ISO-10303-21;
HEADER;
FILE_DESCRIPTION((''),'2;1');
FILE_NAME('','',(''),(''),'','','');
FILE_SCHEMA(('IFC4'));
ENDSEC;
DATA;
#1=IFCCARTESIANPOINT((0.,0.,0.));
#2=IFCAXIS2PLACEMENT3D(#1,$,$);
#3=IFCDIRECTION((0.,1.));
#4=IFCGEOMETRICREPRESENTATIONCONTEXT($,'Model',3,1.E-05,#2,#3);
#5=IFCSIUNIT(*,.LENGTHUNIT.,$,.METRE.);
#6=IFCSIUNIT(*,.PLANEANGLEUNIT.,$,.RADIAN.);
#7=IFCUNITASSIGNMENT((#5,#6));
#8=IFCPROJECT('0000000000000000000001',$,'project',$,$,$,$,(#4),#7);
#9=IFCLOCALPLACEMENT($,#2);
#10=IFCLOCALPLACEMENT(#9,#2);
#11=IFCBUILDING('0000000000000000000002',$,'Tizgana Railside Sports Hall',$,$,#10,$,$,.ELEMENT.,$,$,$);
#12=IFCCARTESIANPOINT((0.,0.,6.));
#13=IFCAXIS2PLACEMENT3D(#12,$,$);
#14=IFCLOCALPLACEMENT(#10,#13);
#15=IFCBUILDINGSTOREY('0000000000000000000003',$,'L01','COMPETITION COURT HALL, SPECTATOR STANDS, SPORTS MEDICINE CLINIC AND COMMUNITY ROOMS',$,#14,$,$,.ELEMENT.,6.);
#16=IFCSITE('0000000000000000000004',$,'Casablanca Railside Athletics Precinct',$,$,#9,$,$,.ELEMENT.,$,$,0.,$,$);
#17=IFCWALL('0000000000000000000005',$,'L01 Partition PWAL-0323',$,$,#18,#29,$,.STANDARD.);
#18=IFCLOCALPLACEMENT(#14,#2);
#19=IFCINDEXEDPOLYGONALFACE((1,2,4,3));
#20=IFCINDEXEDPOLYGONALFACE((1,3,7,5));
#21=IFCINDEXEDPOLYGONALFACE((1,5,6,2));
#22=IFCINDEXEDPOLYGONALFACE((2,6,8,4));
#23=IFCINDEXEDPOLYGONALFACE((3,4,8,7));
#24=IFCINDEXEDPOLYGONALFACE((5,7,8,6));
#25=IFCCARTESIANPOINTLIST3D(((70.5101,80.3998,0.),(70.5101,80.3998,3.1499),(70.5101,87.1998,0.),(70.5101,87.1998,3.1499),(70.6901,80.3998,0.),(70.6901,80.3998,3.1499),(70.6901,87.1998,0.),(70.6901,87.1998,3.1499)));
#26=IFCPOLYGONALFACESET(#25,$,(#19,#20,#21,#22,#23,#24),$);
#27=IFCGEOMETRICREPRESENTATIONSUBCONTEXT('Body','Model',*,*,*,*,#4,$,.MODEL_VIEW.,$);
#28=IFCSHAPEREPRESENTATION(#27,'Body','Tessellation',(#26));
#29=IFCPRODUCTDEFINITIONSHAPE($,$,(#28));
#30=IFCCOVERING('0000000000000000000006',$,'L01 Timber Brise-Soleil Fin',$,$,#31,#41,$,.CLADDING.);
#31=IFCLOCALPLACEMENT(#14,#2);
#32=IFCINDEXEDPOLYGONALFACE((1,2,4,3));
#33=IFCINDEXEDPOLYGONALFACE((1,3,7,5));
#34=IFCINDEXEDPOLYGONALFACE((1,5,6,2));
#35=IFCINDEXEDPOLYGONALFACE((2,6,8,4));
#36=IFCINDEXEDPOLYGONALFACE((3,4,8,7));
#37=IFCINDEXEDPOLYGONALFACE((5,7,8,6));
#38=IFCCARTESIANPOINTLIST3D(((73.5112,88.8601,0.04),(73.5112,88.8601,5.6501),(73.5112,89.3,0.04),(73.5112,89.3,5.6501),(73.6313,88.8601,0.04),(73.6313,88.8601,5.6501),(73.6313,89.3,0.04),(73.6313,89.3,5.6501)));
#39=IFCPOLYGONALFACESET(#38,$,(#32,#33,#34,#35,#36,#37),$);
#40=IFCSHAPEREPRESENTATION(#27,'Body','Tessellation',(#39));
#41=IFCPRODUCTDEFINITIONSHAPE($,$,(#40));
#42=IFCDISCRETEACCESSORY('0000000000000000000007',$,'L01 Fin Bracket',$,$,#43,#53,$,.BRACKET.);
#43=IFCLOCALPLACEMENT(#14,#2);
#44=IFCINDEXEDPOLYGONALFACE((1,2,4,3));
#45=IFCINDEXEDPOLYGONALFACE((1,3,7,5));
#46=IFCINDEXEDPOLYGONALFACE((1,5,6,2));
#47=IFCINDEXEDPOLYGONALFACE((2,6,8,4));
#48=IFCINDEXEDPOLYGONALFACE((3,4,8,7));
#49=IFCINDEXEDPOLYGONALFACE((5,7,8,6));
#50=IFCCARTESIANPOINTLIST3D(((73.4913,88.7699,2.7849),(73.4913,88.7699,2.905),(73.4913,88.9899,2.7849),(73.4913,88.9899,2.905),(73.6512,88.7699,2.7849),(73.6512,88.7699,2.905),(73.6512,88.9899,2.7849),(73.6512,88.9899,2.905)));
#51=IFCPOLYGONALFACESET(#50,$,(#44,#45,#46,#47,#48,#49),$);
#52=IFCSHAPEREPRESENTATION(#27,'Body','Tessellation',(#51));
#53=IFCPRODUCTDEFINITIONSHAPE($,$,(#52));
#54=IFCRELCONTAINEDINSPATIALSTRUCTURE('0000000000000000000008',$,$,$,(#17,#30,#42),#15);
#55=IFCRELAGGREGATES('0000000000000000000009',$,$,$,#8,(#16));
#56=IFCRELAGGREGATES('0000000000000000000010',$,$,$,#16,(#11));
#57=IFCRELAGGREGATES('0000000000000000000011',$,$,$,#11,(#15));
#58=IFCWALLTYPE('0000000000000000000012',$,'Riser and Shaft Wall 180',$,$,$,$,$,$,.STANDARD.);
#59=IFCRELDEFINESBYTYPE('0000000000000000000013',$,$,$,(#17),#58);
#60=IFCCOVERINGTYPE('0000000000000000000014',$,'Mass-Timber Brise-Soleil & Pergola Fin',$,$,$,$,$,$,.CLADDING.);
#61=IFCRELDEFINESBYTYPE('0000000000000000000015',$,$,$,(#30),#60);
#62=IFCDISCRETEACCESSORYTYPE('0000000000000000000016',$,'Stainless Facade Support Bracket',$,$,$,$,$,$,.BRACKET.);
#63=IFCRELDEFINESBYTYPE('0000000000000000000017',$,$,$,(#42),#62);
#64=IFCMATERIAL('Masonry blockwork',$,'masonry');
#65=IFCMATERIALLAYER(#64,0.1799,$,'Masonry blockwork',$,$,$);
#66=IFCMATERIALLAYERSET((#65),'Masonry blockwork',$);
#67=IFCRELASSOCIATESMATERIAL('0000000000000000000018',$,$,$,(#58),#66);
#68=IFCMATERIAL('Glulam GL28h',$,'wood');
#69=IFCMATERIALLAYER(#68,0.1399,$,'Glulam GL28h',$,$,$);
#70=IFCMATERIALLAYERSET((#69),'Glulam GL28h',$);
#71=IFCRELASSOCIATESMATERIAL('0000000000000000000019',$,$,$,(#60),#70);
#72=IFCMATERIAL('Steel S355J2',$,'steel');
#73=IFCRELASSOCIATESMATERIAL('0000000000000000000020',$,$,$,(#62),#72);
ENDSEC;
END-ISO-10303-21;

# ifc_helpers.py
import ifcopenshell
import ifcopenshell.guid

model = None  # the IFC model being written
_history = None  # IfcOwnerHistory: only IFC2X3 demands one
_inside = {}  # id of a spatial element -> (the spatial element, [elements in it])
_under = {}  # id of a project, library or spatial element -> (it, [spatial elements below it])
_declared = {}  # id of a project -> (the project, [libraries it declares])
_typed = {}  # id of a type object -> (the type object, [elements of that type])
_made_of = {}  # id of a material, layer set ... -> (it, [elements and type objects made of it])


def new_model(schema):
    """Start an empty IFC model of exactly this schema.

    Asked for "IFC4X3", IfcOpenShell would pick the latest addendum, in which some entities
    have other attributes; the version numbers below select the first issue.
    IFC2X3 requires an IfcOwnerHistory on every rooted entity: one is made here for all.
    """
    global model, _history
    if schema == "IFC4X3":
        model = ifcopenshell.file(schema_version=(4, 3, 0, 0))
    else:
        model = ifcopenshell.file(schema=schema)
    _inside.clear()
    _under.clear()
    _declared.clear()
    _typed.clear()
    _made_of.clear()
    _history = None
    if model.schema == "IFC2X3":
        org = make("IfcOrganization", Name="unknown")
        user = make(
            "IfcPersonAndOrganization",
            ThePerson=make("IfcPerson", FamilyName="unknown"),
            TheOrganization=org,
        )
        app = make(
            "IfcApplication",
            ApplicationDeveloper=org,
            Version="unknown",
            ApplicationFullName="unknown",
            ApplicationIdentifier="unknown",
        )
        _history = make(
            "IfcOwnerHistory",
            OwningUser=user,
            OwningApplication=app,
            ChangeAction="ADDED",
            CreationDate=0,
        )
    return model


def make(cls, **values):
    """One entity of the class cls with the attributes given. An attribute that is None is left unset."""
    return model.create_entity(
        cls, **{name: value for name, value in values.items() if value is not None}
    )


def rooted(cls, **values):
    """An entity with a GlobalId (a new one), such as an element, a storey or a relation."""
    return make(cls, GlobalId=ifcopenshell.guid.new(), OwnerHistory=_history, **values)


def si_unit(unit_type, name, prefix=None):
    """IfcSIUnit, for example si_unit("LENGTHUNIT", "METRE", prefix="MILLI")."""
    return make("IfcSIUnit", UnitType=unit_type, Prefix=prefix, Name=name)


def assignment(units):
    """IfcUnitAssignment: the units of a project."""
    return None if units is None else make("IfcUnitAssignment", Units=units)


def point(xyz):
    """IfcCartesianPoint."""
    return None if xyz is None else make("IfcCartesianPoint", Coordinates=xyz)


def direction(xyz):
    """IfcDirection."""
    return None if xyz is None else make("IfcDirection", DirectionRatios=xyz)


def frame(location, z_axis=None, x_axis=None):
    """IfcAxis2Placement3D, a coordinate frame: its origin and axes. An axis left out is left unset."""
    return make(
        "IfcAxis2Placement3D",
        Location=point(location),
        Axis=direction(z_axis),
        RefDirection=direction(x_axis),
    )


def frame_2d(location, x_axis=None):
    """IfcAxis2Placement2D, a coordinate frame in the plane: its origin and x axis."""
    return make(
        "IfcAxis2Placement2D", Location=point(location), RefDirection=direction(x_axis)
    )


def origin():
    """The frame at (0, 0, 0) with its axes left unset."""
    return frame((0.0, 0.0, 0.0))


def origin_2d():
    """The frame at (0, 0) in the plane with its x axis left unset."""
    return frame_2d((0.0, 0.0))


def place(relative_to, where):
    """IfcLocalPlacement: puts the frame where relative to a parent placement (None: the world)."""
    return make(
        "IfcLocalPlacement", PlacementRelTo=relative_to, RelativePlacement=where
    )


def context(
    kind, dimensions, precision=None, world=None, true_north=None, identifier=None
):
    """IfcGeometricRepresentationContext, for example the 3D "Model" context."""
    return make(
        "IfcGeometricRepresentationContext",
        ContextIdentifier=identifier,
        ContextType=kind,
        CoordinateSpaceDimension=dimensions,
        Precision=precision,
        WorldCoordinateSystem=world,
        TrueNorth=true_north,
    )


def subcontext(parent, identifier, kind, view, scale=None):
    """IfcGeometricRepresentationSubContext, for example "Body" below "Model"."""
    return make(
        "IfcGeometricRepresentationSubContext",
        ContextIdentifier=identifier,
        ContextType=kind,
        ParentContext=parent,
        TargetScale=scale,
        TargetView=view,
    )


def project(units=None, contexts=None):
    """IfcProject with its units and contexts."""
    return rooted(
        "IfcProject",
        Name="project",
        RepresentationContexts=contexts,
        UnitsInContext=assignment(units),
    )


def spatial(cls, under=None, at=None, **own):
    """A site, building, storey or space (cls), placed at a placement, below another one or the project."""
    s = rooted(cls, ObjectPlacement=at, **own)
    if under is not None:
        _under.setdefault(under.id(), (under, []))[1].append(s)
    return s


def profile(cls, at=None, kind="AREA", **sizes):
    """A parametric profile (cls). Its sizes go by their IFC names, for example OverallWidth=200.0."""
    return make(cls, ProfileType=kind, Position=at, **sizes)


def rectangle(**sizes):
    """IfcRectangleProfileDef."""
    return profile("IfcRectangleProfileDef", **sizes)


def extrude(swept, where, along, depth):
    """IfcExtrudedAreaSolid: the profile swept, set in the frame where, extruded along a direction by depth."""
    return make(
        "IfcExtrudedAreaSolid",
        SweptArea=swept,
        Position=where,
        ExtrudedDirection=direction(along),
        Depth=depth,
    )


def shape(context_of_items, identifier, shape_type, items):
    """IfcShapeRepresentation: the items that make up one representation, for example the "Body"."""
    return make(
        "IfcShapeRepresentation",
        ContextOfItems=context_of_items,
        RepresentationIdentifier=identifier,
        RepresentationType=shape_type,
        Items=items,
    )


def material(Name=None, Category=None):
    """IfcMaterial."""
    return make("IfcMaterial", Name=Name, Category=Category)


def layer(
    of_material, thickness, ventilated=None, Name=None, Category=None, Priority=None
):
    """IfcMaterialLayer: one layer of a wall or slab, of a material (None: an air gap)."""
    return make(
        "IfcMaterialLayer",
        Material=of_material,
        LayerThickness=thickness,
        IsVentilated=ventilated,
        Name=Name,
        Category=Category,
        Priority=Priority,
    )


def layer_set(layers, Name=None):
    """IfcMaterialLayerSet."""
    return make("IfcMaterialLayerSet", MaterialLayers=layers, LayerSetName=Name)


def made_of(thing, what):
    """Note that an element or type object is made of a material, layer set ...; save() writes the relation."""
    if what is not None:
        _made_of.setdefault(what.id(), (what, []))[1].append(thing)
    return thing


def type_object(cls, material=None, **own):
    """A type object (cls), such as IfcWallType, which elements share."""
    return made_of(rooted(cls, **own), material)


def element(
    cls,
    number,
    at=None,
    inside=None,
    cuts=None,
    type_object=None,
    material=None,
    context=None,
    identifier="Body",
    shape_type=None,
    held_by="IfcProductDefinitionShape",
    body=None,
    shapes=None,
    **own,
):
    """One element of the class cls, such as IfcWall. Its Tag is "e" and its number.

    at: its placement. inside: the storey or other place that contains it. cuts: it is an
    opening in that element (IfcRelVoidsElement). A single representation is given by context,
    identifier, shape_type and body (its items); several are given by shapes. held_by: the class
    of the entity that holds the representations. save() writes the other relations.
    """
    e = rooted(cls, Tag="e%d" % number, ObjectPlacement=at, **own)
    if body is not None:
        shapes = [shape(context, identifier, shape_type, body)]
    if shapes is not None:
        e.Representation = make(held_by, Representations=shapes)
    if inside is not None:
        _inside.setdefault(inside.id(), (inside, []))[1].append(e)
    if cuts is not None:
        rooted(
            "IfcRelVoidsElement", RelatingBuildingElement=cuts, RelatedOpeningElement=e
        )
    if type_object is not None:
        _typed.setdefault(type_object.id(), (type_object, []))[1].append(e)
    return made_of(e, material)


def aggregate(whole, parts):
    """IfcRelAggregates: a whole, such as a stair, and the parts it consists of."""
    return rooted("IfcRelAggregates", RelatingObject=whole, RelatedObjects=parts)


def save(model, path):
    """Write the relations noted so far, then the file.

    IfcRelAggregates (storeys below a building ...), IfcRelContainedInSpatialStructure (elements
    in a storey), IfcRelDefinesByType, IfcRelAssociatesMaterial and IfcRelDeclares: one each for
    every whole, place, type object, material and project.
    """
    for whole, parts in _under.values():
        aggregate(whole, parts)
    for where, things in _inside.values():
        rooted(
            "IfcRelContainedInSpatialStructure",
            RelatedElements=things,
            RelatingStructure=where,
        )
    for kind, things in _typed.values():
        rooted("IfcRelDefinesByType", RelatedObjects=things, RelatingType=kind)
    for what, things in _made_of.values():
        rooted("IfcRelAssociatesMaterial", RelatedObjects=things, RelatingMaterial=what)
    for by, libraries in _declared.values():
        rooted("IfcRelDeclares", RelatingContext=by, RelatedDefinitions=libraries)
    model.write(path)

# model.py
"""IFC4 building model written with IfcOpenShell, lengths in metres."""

from ifc_helpers import new_model, si_unit, direction, frame, frame_2d, origin, origin_2d, place, context, subcontext, project, spatial, rectangle, extrude, material, layer, layer_set, type_object, element, save


model = new_model("IFC4")

# Units and contexts
model_context = context("Model", 3, precision=1e-05, world=origin(), true_north=direction((0.0, 1.0)))
body_context = subcontext(model_context, "Body", "Model", "MODEL_VIEW")
ifc_project = project(units=[si_unit("LENGTHUNIT", "METRE"), si_unit("PLANEANGLEUNIT", "RADIAN")], contexts=[model_context])

# Site, building, storey
site_placement = place(None, origin())
site = spatial("IfcSite", under=ifc_project, at=site_placement, Name="Casablanca Railside Athletics Precinct", CompositionType="ELEMENT", RefElevation=0.0)
building_placement = place(site_placement, origin())
building = spatial("IfcBuilding", under=site, at=building_placement, Name="Tizgana Railside Sports Hall", CompositionType="ELEMENT")
storey_placement = place(building_placement, frame((0.0, 0.0, 6.0)))
storey = spatial("IfcBuildingStorey", under=building, at=storey_placement, Name="L01", Description="COMPETITION COURT HALL, SPECTATOR STANDS, SPORTS MEDICINE CLINIC AND COMMUNITY ROOMS", CompositionType="ELEMENT", Elevation=6.0)

# Shared definitions
ifc_material_1 = material(Name="Steel S355J2", Category="steel")

# Wall
ifc_material_2 = material(Name="Masonry blockwork", Category="masonry")
ifc_layer_1 = layer(ifc_material_2, 0.1799, Name="Masonry blockwork")
ifc_layer_set_1 = layer_set([ifc_layer_1], Name="Masonry blockwork")
wall_type = type_object("IfcWallType", Name="Riser and Shaft Wall 180", PredefinedType="STANDARD", material=ifc_layer_set_1)
wall_placement = place(storey_placement, frame((70.6001, 80.3999, 0.0), z_axis=(0.0, 0.0, 1.0), x_axis=(0.0, 1.0, 0.0)))
element("IfcWall", 1, at=wall_placement, inside=storey, type_object=wall_type, Name="L01 Partition PWAL-0323", PredefinedType="STANDARD", context=body_context, shape_type="SweptSolid", body=[
    extrude(rectangle(XDim=6.8, YDim=0.1799, at=frame_2d((3.3999, 0.0))), origin(), (0.0, 0.0, 1.0), 3.1499),
])

# Covering
ifc_material_3 = material(Name="Glulam GL28h", Category="wood")
ifc_layer_2 = layer(ifc_material_3, 0.1399, Name="Glulam GL28h")
ifc_layer_set_2 = layer_set([ifc_layer_2], Name="Glulam GL28h")
covering_type = type_object("IfcCoveringType", Name="Mass-Timber Brise-Soleil & Pergola Fin", PredefinedType="CLADDING", material=ifc_layer_set_2)
covering_placement = place(storey_placement, frame((73.5713, 89.0801, 0.04), z_axis=(0.0, 0.0, 1.0), x_axis=(1.0, 0.0, 0.0)))
element("IfcCovering", 2, at=covering_placement, inside=storey, type_object=covering_type, Name="L01 Timber Brise-Soleil Fin", PredefinedType="CLADDING", context=body_context, shape_type="SweptSolid", body=[
    extrude(rectangle(XDim=0.1201, YDim=0.4399, at=origin_2d()), origin(), (0.0, 0.0, 1.0), 5.6101),
])

# Discrete accessory
discrete_accessory_type = type_object("IfcDiscreteAccessoryType", Name="Stainless Facade Support Bracket", PredefinedType="BRACKET", material=ifc_material_1)
discrete_accessory_placement = place(storey_placement, frame((73.5713, 88.8799, 2.7849), z_axis=(0.0, 0.0, 1.0), x_axis=(1.0, 0.0, 0.0)))
element("IfcDiscreteAccessory", 3, at=discrete_accessory_placement, inside=storey, type_object=discrete_accessory_type, Name="L01 Fin Bracket", PredefinedType="BRACKET", context=body_context, shape_type="SweptSolid", body=[
    extrude(rectangle(XDim=0.1599, YDim=0.22, at=origin_2d()), origin(), (0.0, 0.0, 1.0), 0.1201),
])

save(model, "model.ifc")
